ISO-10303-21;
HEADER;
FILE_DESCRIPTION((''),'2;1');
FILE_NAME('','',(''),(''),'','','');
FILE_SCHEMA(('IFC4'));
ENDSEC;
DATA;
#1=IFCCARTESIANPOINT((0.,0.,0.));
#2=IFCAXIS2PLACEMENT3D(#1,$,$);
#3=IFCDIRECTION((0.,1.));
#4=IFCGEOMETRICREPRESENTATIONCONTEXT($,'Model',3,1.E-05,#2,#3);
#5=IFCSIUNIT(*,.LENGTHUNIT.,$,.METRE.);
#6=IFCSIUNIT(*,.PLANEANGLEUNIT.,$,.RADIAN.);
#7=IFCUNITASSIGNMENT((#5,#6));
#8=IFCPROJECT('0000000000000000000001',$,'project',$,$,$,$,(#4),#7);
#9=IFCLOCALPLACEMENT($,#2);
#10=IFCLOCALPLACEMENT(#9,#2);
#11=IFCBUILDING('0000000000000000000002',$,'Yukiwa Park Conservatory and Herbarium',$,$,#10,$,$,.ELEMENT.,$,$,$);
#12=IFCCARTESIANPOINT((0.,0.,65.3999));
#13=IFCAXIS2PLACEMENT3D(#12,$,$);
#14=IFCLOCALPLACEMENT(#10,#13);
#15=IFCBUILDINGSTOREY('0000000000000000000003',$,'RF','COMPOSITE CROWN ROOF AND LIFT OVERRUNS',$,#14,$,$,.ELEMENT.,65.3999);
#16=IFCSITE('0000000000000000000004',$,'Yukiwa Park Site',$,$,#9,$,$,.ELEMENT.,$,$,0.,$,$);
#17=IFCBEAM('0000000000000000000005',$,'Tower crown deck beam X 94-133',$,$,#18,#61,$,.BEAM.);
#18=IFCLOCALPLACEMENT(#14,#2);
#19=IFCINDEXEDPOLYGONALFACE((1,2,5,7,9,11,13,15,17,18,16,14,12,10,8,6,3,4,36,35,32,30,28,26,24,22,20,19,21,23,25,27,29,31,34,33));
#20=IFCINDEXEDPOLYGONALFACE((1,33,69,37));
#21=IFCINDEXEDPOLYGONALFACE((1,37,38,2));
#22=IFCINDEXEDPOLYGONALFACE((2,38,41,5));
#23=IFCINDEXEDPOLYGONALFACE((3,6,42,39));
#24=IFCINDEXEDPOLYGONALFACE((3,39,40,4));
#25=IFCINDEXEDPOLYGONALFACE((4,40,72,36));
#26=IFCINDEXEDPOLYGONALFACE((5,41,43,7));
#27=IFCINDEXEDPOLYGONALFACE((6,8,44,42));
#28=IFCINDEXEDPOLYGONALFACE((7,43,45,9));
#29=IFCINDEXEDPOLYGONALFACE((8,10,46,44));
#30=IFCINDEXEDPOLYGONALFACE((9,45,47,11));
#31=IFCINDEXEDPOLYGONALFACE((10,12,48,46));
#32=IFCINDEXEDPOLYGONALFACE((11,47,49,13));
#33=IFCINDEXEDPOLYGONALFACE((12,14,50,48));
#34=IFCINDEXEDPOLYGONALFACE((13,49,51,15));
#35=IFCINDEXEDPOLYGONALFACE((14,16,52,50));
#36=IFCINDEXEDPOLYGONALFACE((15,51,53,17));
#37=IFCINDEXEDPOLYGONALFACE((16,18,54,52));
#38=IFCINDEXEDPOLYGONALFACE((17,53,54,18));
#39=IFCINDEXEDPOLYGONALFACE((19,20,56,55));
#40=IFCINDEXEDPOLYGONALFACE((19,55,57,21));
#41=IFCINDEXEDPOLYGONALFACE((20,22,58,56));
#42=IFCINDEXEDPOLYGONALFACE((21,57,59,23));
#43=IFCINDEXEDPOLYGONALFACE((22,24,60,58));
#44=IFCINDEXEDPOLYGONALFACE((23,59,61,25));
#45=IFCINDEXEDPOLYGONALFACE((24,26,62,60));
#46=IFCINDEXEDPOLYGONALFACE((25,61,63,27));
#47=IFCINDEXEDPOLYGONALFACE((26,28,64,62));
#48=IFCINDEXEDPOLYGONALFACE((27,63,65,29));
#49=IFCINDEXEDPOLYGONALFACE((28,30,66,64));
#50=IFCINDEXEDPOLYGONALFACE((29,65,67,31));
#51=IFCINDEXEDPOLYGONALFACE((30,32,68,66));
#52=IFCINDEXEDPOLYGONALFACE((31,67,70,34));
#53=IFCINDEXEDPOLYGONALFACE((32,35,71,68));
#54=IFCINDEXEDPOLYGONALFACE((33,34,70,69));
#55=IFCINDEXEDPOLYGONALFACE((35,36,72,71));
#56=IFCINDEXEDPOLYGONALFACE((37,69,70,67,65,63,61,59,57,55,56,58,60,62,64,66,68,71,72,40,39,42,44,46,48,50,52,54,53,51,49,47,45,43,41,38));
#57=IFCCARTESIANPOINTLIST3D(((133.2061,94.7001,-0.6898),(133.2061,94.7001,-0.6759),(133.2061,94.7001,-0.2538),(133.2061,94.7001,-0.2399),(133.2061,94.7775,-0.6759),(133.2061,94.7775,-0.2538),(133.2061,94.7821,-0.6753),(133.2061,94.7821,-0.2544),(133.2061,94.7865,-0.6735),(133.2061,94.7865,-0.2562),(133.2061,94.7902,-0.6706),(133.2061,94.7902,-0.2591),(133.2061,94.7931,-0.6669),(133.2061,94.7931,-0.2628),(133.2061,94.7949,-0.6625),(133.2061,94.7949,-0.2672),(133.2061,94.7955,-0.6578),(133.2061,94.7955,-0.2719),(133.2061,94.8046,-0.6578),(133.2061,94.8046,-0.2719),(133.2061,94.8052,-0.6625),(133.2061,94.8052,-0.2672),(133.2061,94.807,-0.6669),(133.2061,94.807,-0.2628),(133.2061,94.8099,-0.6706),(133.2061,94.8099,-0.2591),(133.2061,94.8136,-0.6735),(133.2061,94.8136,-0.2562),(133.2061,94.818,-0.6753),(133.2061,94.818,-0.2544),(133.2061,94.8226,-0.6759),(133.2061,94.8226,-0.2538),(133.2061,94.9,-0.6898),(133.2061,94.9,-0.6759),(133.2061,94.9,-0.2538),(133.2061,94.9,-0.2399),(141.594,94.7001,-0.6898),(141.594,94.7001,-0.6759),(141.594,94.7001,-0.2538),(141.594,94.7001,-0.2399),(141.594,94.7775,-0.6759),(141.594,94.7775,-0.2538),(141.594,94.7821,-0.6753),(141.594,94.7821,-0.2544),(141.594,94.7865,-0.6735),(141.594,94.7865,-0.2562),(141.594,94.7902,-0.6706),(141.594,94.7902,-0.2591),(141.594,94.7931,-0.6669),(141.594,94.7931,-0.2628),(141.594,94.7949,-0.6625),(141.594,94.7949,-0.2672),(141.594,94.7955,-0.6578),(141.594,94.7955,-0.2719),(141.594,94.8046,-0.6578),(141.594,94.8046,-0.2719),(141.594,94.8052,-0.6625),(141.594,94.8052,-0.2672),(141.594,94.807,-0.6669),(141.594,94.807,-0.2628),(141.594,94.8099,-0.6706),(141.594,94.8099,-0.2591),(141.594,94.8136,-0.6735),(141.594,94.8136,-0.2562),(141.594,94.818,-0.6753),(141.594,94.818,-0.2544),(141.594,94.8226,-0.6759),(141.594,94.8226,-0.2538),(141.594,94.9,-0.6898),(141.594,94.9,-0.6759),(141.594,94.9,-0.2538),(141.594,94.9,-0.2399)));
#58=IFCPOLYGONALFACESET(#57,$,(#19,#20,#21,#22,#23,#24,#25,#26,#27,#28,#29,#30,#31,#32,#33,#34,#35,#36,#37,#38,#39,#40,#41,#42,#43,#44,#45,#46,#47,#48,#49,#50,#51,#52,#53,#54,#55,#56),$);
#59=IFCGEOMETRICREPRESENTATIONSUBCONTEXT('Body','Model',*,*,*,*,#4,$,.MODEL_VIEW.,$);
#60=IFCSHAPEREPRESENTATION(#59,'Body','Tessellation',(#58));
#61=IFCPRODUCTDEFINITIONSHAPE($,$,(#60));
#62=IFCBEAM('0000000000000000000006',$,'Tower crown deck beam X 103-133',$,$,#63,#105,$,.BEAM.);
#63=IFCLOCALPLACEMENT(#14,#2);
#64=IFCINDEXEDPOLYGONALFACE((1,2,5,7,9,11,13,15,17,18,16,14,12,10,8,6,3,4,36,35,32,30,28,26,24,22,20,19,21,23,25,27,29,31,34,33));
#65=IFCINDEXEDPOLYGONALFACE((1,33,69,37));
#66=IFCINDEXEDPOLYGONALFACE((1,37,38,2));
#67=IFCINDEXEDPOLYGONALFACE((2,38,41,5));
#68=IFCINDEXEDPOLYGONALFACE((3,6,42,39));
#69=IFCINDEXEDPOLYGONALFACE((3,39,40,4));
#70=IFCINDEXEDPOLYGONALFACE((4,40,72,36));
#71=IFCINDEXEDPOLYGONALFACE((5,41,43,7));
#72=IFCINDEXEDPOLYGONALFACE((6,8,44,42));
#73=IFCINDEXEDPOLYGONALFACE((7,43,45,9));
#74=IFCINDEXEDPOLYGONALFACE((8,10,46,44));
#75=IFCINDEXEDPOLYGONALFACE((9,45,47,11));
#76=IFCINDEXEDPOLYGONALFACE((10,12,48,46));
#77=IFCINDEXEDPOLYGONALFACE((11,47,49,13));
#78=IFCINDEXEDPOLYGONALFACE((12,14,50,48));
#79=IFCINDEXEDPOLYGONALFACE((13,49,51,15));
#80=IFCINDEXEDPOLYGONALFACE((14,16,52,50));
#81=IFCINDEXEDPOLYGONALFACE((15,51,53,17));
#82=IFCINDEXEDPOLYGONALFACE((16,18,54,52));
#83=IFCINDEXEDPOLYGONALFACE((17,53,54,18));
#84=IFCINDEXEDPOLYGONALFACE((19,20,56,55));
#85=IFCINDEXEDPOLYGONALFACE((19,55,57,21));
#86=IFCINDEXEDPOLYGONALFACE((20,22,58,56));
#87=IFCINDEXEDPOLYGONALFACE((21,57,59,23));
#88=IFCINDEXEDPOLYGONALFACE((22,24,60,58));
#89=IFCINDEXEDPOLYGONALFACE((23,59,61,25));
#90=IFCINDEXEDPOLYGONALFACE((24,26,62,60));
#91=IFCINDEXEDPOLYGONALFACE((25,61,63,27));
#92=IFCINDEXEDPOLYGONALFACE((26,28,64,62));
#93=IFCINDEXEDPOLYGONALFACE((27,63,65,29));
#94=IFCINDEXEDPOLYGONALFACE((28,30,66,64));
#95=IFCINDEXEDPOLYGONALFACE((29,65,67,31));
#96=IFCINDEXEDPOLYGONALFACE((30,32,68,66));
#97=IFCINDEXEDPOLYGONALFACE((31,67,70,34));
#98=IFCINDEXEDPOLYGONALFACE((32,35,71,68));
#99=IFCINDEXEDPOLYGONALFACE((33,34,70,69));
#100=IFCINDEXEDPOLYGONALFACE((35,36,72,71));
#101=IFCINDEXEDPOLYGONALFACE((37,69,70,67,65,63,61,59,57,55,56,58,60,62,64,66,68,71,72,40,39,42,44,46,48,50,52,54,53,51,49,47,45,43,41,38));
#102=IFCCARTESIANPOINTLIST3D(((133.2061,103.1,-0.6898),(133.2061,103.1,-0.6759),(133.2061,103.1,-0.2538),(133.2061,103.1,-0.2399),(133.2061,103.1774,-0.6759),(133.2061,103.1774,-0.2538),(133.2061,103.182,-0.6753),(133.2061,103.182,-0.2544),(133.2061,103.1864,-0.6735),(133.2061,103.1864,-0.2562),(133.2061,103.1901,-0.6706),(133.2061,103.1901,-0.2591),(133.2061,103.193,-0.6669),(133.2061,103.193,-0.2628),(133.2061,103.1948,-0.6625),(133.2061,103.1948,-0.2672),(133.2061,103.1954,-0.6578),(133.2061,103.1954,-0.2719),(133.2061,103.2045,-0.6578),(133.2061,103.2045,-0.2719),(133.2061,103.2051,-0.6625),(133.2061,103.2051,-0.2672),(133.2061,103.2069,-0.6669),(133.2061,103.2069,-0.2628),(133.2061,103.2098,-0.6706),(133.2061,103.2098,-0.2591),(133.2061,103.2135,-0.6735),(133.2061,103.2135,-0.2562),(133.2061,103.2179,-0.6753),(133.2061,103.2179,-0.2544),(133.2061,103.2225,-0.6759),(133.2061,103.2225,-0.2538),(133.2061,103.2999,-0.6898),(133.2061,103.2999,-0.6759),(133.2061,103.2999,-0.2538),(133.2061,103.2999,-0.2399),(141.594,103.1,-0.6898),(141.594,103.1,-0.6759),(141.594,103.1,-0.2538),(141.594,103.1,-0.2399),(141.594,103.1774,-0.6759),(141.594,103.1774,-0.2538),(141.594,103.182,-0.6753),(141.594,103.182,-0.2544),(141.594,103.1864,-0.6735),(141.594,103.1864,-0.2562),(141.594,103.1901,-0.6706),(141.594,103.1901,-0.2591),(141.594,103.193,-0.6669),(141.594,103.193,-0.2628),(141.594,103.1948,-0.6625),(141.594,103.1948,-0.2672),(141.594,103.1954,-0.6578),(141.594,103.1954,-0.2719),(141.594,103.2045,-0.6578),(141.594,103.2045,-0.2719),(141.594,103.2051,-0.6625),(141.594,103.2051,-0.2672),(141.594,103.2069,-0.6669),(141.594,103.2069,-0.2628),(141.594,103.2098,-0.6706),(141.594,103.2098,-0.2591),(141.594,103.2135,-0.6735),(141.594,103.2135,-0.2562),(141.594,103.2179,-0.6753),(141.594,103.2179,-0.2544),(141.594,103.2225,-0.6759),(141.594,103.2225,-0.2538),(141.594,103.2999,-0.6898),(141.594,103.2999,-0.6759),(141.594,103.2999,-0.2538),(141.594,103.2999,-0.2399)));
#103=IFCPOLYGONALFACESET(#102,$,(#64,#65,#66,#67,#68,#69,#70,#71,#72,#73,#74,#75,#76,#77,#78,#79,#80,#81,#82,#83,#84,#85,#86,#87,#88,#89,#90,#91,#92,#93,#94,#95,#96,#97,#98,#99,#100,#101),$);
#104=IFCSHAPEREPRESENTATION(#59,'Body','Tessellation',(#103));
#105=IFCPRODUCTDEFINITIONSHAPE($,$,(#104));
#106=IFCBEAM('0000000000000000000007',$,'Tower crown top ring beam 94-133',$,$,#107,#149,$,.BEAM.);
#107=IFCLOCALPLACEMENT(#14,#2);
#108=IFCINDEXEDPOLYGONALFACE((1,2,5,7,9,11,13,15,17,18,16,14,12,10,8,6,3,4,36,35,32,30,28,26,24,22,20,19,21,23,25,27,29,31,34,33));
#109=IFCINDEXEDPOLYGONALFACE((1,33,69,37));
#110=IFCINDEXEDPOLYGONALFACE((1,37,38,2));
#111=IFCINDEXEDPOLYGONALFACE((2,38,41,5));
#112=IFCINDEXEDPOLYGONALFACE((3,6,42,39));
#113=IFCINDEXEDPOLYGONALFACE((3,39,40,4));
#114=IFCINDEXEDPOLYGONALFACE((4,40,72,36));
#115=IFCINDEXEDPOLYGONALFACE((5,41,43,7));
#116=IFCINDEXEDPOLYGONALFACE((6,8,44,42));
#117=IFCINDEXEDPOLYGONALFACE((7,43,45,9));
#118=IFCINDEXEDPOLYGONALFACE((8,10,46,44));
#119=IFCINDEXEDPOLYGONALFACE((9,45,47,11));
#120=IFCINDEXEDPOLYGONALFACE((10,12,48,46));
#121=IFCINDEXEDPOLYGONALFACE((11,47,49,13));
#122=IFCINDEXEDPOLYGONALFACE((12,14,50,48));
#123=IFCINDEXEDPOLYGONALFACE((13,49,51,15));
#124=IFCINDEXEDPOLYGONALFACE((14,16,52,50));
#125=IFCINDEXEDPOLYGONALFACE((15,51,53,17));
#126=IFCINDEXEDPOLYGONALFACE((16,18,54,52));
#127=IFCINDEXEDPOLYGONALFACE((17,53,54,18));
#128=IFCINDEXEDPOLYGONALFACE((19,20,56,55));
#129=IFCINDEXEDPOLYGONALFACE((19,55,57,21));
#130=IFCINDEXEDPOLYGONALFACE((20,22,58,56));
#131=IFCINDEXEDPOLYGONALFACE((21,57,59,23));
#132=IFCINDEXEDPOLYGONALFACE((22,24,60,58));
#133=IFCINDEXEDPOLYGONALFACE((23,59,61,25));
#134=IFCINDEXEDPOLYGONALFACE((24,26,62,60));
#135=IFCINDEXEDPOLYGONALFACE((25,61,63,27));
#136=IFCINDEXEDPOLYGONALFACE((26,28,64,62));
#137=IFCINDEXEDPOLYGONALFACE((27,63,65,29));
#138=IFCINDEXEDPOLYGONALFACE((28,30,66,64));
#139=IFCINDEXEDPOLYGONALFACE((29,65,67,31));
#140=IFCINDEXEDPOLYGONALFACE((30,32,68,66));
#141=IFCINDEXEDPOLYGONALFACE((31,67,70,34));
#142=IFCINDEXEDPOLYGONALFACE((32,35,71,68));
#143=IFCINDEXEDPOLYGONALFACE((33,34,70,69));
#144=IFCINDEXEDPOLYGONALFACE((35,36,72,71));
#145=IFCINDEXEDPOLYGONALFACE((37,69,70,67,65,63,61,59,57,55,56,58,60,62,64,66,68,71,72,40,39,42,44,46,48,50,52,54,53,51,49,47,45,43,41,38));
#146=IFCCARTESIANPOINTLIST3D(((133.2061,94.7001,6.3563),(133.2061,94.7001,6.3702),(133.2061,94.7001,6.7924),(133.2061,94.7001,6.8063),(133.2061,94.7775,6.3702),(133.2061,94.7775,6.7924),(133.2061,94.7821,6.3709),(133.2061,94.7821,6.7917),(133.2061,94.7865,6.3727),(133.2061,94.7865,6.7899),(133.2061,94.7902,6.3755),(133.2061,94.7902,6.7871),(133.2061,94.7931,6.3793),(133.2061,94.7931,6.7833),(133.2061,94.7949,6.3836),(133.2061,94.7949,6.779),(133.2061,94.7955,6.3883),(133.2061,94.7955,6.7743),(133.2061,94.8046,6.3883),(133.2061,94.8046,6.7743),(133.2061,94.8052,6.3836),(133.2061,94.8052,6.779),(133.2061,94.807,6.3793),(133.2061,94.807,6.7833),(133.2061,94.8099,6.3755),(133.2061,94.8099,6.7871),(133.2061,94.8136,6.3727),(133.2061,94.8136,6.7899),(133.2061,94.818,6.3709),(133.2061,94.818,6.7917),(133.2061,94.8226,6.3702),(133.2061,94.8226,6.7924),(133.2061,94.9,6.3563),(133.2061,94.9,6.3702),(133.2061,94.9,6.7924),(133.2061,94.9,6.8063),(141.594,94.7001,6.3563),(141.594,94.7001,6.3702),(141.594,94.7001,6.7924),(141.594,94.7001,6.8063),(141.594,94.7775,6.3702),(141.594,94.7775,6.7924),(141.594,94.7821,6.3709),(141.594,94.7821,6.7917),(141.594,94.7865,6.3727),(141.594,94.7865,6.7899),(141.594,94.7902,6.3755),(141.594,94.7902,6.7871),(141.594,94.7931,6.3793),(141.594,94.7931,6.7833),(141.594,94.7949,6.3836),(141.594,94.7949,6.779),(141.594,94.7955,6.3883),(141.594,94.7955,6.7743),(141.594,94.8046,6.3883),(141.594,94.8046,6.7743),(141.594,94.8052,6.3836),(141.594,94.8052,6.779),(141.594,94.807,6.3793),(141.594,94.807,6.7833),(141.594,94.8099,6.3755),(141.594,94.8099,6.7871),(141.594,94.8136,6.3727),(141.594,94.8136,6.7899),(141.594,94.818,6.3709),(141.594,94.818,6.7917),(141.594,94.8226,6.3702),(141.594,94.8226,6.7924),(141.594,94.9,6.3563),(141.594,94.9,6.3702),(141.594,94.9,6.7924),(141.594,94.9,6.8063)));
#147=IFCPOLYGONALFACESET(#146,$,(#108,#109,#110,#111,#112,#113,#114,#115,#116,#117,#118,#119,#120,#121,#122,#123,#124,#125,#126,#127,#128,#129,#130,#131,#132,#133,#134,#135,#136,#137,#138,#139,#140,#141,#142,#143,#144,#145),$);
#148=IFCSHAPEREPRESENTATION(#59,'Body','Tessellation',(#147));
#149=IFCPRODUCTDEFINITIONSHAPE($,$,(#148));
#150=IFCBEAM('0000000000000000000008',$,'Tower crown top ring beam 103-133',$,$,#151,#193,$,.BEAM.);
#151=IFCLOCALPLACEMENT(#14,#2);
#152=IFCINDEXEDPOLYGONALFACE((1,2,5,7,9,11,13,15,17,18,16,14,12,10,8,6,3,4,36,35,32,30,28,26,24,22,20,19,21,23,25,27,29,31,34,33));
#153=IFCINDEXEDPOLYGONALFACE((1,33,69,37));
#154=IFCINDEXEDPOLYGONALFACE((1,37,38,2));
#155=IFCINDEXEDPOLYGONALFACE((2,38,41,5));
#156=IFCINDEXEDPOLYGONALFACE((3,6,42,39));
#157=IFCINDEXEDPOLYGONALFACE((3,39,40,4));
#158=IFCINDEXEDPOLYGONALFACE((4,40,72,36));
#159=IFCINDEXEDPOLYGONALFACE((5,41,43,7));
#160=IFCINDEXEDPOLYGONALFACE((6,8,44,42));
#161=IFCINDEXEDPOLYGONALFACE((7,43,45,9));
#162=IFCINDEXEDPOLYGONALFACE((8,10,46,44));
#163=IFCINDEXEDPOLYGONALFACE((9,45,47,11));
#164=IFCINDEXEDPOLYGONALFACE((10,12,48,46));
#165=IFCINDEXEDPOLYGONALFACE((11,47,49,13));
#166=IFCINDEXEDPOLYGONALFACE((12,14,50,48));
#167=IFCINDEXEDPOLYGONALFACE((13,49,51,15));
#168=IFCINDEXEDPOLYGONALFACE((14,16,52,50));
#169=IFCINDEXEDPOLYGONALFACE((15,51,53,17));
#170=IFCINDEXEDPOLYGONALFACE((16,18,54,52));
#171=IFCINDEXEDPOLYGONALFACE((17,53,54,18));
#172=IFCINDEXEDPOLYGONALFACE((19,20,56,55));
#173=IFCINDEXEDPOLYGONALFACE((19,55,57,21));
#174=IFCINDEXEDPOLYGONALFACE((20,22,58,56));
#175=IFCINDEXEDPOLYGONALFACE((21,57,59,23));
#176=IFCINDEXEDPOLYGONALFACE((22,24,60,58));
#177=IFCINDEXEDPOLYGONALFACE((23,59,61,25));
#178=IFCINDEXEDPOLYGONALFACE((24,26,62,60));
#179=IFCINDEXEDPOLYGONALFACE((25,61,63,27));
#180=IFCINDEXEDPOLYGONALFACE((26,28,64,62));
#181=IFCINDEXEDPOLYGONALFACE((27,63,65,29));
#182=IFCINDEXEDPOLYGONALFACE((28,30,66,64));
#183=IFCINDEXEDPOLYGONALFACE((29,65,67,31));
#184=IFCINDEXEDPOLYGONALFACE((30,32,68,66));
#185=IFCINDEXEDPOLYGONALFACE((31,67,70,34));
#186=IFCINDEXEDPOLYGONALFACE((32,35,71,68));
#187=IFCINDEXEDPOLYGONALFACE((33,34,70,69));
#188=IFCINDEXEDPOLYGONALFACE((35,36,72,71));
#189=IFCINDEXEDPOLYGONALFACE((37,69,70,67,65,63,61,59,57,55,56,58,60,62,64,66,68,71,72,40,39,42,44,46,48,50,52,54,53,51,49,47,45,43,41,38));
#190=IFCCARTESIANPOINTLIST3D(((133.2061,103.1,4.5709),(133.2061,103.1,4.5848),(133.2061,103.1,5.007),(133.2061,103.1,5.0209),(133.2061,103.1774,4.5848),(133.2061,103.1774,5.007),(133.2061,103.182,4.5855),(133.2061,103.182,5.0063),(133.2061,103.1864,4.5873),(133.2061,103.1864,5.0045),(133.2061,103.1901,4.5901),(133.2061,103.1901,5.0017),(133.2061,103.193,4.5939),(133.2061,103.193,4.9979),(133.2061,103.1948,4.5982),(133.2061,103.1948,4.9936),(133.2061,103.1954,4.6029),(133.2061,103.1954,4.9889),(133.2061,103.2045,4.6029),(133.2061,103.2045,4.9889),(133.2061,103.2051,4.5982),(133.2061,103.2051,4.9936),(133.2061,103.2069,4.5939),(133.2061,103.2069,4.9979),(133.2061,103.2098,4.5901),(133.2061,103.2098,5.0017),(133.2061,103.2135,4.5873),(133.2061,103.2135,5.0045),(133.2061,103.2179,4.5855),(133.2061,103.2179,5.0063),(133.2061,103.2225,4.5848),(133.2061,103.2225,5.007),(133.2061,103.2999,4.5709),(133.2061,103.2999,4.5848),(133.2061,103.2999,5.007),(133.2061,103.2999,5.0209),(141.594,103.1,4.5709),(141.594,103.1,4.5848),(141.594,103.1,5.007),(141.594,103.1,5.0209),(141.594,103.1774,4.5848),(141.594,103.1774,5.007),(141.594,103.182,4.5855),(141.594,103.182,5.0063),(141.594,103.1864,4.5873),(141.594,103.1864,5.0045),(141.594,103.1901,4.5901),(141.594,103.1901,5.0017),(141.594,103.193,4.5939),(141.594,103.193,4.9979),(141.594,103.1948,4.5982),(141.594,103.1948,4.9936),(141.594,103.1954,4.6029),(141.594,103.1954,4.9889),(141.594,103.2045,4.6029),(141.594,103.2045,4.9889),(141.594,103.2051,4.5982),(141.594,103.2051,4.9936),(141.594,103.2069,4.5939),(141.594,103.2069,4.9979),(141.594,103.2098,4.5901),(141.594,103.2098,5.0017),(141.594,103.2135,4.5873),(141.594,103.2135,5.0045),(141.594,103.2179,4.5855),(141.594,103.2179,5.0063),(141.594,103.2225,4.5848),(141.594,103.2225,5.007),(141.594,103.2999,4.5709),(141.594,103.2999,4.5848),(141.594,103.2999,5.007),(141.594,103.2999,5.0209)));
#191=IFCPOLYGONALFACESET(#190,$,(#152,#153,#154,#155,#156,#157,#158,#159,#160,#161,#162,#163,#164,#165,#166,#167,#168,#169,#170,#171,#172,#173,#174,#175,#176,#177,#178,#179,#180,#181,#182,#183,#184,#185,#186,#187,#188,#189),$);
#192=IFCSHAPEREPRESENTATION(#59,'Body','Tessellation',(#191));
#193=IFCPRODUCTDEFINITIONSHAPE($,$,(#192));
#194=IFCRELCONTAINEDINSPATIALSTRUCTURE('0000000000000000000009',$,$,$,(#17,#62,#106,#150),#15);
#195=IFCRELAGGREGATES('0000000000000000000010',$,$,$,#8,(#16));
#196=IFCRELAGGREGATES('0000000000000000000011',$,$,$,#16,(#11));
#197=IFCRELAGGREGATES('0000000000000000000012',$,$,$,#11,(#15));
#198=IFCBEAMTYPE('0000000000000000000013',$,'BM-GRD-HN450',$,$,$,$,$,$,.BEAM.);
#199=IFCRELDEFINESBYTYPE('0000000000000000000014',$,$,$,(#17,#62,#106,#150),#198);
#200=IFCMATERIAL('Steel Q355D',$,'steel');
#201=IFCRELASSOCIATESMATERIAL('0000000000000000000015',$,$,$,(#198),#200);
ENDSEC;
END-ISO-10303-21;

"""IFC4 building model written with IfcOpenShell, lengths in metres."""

from ifc_helpers import new_model, si_unit, direction, frame, origin, origin_2d, place, context, subcontext, project, spatial, i_section, extrude, material, material_profile, profile_set, type_object, element, save


model = new_model("IFC4")

# Units and contexts
model_context = context("Model", 3, precision=1e-05, world=origin(), true_north=direction((0.0, 1.0)))
body_context = subcontext(model_context, "Body", "Model", "MODEL_VIEW")
ifc_project = project(units=[si_unit("LENGTHUNIT", "METRE"), si_unit("PLANEANGLEUNIT", "RADIAN")], contexts=[model_context])

# Site, building, storey
site_placement = place(None, origin())
site = spatial("IfcSite", under=ifc_project, at=site_placement, Name="Yukiwa Park Site", CompositionType="ELEMENT", RefElevation=0.0)
building_placement = place(site_placement, origin())
building = spatial("IfcBuilding", under=site, at=building_placement, Name="Yukiwa Park Conservatory and Herbarium", CompositionType="ELEMENT")
storey_placement = place(building_placement, frame((0.0, 0.0, 65.3999)))
storey = spatial("IfcBuildingStorey", under=building, at=storey_placement, Name="RF", Description="COMPOSITE CROWN ROOF AND LIFT OVERRUNS", CompositionType="ELEMENT", Elevation=65.3999)

# Beams
ifc_material_1 = material(Name="Steel Q355D", Category="steel")
ifc_material_profile_1 = material_profile(ifc_material_1, i_section(OverallWidth=0.2, OverallDepth=0.45, WebThickness=0.009, FlangeThickness=0.0139, FilletRadius=0.0181, at=origin_2d()), Name="HN 450x200x9x14")
ifc_profile_set_1 = profile_set([ifc_material_profile_1], Name="Steel Q355D")
beam_type_1 = type_object("IfcBeamType", Name="BM-GRD-HN450", PredefinedType="BEAM", material=ifc_profile_set_1)
for number, where, z_axis, x_axis, name in (
    (1, (133.2061, 94.8, -0.4648), (1.0, 0.0, 0.0), (0.0, 1.0, 0.0), "Tower crown deck beam X 94-133"),
    (2, (133.2061, 103.2, -0.4648), (1.0, 0.0, 0.0), (0.0, 1.0, 0.0), "Tower crown deck beam X 103-133"),
    (3, (133.2061, 94.8, 6.5813), (1.0, 0.0, 0.0), (0.0, 1.0, 0.0), "Tower crown top ring beam 94-133"),
    (4, (133.2061, 103.2, 4.7959), (1.0, 0.0, 0.0), (0.0, 1.0, 0.0), "Tower crown top ring beam 103-133"),
):
    element("IfcBeam", number, at=place(storey_placement, frame(where, z_axis=z_axis, x_axis=x_axis)), inside=storey, type_object=beam_type_1, Name=name, PredefinedType="BEAM", context=body_context, shape_type="SweptSolid", body=[
        extrude(i_section(OverallWidth=0.2, OverallDepth=0.45, WebThickness=0.009, FlangeThickness=0.0139, FilletRadius=0.0181, at=origin_2d()), origin(), (0.0, 0.0, 1.0), 8.3879),
    ])

save(model, "model.ifc")
